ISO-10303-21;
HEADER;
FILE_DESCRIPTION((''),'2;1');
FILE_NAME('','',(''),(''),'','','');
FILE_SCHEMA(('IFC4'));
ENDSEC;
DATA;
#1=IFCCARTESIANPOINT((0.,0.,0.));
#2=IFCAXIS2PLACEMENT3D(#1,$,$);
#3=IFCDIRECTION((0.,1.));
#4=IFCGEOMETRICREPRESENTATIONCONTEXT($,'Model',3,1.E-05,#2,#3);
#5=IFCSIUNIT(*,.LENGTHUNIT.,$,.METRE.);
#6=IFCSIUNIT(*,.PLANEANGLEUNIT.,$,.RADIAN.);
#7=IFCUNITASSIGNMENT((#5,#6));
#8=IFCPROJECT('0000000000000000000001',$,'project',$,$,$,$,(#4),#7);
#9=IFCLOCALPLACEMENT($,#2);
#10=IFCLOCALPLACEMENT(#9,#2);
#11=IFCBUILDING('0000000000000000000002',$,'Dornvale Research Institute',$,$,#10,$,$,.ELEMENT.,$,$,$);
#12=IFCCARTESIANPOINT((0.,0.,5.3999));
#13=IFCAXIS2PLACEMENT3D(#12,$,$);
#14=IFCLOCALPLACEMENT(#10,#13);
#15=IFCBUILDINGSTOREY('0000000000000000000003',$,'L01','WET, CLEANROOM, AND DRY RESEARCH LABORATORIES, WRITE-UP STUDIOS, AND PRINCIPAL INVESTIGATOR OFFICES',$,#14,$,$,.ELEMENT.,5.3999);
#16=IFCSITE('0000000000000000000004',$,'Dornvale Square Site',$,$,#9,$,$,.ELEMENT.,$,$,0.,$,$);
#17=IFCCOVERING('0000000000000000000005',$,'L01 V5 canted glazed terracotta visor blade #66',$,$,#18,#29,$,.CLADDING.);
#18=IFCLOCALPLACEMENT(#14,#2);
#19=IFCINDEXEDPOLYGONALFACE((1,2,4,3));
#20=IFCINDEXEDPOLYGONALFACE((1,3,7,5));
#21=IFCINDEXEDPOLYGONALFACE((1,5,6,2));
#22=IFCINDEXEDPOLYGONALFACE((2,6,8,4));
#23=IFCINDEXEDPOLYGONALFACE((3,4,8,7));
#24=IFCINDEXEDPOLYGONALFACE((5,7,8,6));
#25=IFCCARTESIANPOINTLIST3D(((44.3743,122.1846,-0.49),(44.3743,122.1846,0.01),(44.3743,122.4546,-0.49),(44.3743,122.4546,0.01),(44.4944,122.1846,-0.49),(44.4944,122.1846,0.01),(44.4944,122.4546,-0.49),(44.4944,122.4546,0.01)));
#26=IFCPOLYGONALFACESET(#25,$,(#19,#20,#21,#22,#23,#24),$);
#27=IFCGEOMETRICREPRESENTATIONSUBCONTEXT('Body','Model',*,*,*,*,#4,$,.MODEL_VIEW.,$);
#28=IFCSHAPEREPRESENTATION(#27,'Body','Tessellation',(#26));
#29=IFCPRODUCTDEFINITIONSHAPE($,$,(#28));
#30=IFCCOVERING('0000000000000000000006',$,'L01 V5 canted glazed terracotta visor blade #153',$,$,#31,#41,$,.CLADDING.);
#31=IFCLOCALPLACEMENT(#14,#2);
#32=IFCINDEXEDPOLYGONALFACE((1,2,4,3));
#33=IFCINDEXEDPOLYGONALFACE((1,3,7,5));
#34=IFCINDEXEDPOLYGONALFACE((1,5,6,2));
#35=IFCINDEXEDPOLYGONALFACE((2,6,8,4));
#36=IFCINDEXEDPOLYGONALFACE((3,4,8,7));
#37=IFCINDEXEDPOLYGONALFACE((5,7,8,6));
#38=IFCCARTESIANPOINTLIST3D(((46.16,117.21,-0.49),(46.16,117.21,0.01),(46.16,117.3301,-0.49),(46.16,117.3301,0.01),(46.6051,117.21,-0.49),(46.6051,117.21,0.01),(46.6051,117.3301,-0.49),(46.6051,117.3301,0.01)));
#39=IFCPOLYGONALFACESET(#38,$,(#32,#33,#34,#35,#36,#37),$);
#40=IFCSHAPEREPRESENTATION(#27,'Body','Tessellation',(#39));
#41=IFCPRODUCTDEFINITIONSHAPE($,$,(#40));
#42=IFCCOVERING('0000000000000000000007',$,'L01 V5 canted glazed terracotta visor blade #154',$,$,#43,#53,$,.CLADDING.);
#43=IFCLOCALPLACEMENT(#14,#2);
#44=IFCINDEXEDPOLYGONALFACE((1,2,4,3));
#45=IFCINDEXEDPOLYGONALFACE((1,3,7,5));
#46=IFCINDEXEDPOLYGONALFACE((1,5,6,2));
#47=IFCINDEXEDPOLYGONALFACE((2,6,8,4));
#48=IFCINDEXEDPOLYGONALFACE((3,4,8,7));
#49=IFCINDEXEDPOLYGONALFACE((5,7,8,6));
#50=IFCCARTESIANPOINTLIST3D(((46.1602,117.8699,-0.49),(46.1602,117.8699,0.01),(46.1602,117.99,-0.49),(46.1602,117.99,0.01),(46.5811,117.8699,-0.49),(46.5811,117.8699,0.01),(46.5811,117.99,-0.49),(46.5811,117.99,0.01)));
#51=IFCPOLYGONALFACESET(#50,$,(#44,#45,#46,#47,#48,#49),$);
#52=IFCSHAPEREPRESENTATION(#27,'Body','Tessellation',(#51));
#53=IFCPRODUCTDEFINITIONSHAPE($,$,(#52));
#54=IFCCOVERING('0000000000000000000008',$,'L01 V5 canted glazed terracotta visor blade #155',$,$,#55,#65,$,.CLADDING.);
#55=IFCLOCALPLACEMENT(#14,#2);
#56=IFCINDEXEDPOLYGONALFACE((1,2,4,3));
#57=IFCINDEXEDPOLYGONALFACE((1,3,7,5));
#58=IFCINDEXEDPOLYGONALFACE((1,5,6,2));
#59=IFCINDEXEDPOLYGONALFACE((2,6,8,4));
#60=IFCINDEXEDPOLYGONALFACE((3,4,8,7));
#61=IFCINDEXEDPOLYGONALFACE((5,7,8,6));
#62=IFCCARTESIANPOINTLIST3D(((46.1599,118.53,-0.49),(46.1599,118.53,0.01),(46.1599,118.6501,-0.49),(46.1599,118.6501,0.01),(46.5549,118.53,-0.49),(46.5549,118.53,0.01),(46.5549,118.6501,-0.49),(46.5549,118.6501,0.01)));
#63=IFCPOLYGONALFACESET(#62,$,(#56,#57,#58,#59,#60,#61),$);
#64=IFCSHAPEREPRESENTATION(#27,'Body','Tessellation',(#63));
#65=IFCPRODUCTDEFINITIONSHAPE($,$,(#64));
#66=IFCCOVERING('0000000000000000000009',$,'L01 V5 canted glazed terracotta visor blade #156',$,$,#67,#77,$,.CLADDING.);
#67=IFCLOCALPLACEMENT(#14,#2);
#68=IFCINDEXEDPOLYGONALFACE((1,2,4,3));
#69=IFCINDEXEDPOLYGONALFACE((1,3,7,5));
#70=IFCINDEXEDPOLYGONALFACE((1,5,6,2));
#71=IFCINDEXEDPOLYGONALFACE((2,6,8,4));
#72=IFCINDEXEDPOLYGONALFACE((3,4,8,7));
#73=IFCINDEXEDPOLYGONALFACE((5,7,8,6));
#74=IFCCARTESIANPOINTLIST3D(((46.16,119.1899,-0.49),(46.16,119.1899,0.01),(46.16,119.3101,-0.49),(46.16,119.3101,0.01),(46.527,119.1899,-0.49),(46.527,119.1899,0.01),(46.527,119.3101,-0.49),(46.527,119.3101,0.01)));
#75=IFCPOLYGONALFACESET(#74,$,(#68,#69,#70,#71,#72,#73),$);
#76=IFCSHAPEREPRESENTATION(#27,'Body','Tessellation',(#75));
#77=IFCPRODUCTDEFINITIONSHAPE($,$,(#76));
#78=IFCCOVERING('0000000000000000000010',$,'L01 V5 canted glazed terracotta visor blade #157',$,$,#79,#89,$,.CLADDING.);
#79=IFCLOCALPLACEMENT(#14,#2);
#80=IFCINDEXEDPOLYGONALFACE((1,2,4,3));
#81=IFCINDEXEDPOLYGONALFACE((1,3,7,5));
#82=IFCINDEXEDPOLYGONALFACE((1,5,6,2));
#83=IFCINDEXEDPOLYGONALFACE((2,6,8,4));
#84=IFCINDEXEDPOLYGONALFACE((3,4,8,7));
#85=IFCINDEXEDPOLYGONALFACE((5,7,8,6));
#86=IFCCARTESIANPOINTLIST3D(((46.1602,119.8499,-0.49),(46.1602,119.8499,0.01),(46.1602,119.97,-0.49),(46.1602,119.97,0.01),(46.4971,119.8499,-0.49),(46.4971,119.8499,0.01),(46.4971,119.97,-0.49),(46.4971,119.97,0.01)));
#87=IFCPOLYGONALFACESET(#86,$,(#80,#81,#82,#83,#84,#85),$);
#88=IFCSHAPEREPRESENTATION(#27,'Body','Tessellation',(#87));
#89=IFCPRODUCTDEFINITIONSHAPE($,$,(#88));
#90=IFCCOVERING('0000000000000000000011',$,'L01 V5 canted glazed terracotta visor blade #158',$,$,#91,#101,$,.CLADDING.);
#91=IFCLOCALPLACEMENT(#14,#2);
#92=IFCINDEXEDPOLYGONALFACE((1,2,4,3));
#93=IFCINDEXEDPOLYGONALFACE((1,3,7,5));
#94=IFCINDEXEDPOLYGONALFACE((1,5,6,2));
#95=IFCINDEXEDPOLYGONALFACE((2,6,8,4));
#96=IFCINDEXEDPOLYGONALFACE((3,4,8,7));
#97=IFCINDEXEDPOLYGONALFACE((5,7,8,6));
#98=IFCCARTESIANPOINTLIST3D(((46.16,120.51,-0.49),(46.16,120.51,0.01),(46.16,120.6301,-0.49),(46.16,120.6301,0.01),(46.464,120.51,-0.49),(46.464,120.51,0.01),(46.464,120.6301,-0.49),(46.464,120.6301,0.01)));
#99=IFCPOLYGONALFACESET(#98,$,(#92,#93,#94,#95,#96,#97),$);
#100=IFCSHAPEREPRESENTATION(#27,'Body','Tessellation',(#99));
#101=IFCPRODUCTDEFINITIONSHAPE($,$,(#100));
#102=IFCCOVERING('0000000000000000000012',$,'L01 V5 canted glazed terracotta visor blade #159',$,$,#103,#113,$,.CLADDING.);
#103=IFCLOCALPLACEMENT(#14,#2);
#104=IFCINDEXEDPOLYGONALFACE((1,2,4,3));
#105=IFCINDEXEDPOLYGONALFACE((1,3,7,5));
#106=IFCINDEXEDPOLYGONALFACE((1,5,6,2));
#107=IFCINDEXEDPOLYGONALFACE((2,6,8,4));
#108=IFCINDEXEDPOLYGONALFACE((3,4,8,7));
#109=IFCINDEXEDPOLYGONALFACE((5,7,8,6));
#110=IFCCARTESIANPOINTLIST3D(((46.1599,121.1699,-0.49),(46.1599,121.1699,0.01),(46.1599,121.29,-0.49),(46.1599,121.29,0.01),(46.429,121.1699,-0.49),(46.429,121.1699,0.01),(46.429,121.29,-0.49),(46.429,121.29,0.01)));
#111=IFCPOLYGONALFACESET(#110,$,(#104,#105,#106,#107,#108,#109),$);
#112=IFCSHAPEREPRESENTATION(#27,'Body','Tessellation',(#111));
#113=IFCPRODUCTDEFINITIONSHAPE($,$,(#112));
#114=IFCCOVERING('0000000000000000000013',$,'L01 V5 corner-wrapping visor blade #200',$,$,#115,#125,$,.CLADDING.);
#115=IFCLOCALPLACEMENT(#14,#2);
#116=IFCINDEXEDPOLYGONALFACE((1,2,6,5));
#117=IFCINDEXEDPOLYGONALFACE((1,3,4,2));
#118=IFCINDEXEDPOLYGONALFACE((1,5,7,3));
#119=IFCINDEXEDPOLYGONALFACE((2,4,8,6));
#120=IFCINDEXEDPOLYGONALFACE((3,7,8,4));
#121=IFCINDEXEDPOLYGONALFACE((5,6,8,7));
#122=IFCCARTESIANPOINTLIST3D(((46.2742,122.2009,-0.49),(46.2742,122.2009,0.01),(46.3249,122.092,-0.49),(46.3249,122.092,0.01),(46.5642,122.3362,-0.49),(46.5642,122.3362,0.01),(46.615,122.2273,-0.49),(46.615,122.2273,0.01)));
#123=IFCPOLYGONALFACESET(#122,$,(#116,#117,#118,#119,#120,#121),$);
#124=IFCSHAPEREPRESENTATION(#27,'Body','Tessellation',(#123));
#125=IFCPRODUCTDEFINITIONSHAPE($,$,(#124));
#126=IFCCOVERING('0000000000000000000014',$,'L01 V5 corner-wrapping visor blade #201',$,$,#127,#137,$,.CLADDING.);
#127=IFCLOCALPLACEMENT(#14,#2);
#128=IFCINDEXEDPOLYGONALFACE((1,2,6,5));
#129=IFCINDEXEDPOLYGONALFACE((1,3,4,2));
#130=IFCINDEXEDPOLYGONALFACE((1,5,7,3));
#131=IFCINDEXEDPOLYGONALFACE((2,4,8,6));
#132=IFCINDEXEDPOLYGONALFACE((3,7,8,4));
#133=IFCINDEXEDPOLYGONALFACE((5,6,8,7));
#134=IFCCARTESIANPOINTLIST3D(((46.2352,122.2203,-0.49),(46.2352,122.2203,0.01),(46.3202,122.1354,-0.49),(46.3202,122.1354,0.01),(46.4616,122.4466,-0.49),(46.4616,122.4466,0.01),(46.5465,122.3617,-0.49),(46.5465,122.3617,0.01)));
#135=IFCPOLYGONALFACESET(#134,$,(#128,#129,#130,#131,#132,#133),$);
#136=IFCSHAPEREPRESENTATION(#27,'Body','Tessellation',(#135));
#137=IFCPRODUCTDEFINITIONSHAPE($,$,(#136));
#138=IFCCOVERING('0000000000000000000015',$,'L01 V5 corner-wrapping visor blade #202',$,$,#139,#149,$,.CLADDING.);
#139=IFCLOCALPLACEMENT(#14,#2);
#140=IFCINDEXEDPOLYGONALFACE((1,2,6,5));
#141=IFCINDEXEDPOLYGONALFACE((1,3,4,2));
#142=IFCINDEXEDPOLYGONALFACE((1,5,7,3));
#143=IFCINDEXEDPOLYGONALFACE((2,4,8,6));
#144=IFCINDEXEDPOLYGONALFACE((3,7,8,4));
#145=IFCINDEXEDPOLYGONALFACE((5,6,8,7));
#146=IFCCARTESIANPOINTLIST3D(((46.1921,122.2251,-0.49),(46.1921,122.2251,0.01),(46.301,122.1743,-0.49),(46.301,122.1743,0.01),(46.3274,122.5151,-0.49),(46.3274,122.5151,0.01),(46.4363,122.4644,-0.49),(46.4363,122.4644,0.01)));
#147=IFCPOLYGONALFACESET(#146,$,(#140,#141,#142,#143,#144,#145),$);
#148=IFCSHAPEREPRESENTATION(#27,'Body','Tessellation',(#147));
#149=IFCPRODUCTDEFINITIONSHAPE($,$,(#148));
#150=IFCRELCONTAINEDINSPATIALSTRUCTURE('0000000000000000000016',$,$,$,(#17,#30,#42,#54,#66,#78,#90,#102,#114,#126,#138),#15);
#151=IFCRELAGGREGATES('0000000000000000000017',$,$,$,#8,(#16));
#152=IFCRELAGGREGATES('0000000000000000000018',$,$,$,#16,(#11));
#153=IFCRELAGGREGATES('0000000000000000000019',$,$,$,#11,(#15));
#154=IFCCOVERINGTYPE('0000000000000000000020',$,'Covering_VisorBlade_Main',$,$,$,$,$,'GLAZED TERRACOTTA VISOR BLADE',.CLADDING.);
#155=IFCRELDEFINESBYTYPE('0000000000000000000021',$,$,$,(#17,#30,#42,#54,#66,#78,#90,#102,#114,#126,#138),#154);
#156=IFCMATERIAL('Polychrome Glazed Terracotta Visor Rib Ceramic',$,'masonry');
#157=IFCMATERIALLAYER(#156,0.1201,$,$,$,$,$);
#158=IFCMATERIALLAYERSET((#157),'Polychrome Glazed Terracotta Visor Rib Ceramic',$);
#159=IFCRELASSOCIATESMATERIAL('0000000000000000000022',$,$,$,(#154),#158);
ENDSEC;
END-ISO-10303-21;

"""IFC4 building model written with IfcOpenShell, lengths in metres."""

from ifc_helpers import new_model, si_unit, direction, frame, origin, origin_2d, place, context, subcontext, project, spatial, rectangle, extrude, material, layer, layer_set, type_object, element, save


model = new_model("IFC4")

# Units and contexts
model_context = context("Model", 3, precision=1e-05, world=origin(), true_north=direction((0.0, 1.0)))
body_context = subcontext(model_context, "Body", "Model", "MODEL_VIEW")
ifc_project = project(units=[si_unit("LENGTHUNIT", "METRE"), si_unit("PLANEANGLEUNIT", "RADIAN")], contexts=[model_context])

# Site, building, storey
site_placement = place(None, origin())
site = spatial("IfcSite", under=ifc_project, at=site_placement, Name="Dornvale Square Site", CompositionType="ELEMENT", RefElevation=0.0)
building_placement = place(site_placement, origin())
building = spatial("IfcBuilding", under=site, at=building_placement, Name="Dornvale Research Institute", CompositionType="ELEMENT")
storey_placement = place(building_placement, frame((0.0, 0.0, 5.3999)))
storey = spatial("IfcBuildingStorey", under=building, at=storey_placement, Name="L01", Description="WET, CLEANROOM, AND DRY RESEARCH LABORATORIES, WRITE-UP STUDIOS, AND PRINCIPAL INVESTIGATOR OFFICES", CompositionType="ELEMENT", Elevation=5.3999)

# Coverings
ifc_material_1 = material(Name="Polychrome Glazed Terracotta Visor Rib Ceramic", Category="masonry")
ifc_layer_1 = layer(ifc_material_1, 0.1201)
ifc_layer_set_1 = layer_set([ifc_layer_1], Name="Polychrome Glazed Terracotta Visor Rib Ceramic")
covering_type = type_object("IfcCoveringType", Name="Covering_VisorBlade_Main", ElementType="GLAZED TERRACOTTA VISOR BLADE", PredefinedType="CLADDING", material=ifc_layer_set_1)
covering_1_placement = place(storey_placement, frame((44.4343, 122.3196, -0.49), z_axis=(0.0, 0.0, 1.0), x_axis=(0.0, 1.0, 0.0)))
element("IfcCovering", 1, at=covering_1_placement, inside=storey, type_object=covering_type, Name="L01 V5 canted glazed terracotta visor blade #66", PredefinedType="CLADDING", context=body_context, shape_type="SweptSolid", body=[
    extrude(rectangle(XDim=0.27, YDim=0.1201, at=origin_2d()), origin(), (0.0, 0.0, 1.0), 0.5),
])
covering_2_placement = place(storey_placement, frame((46.3826, 117.27, -0.49), z_axis=(0.0, 0.0, 1.0), x_axis=(1.0, 0.0, 0.0)))
element("IfcCovering", 2, at=covering_2_placement, inside=storey, type_object=covering_type, Name="L01 V5 canted glazed terracotta visor blade #153", PredefinedType="CLADDING", context=body_context, shape_type="SweptSolid", body=[
    extrude(rectangle(XDim=0.4451, YDim=0.1201, at=origin_2d()), origin(), (0.0, 0.0, 1.0), 0.5),
])
covering_3_placement = place(storey_placement, frame((46.3706, 117.9299, -0.49), z_axis=(0.0, 0.0, 1.0), x_axis=(1.0, 0.0, 0.0)))
element("IfcCovering", 3, at=covering_3_placement, inside=storey, type_object=covering_type, Name="L01 V5 canted glazed terracotta visor blade #154", PredefinedType="CLADDING", context=body_context, shape_type="SweptSolid", body=[
    extrude(rectangle(XDim=0.4209, YDim=0.1201, at=origin_2d()), origin(), (0.0, 0.0, 1.0), 0.5),
])
covering_4_placement = place(storey_placement, frame((46.3574, 118.5901, -0.49), z_axis=(0.0, 0.0, 1.0), x_axis=(1.0, 0.0, 0.0)))
element("IfcCovering", 4, at=covering_4_placement, inside=storey, type_object=covering_type, Name="L01 V5 canted glazed terracotta visor blade #155", PredefinedType="CLADDING", context=body_context, shape_type="SweptSolid", body=[
    extrude(rectangle(XDim=0.395, YDim=0.1201, at=origin_2d()), origin(), (0.0, 0.0, 1.0), 0.5),
])
covering_5_placement = place(storey_placement, frame((46.3435, 119.25, -0.49), z_axis=(0.0, 0.0, 1.0), x_axis=(1.0, 0.0, 0.0)))
element("IfcCovering", 5, at=covering_5_placement, inside=storey, type_object=covering_type, Name="L01 V5 canted glazed terracotta visor blade #156", PredefinedType="CLADDING", context=body_context, shape_type="SweptSolid", body=[
    extrude(rectangle(XDim=0.3669, YDim=0.1201, at=origin_2d()), origin(), (0.0, 0.0, 1.0), 0.5),
])
covering_6_placement = place(storey_placement, frame((46.3286, 119.9099, -0.49), z_axis=(0.0, 0.0, 1.0), x_axis=(1.0, 0.0, 0.0)))
element("IfcCovering", 6, at=covering_6_placement, inside=storey, type_object=covering_type, Name="L01 V5 canted glazed terracotta visor blade #157", PredefinedType="CLADDING", context=body_context, shape_type="SweptSolid", body=[
    extrude(rectangle(XDim=0.3369, YDim=0.1201, at=origin_2d()), origin(), (0.0, 0.0, 1.0), 0.5),
])
covering_7_placement = place(storey_placement, frame((46.312, 120.5701, -0.49), z_axis=(0.0, 0.0, 1.0), x_axis=(1.0, 0.0, 0.0)))
element("IfcCovering", 7, at=covering_7_placement, inside=storey, type_object=covering_type, Name="L01 V5 canted glazed terracotta visor blade #158", PredefinedType="CLADDING", context=body_context, shape_type="SweptSolid", body=[
    extrude(rectangle(XDim=0.304, YDim=0.1201, at=origin_2d()), origin(), (0.0, 0.0, 1.0), 0.5),
])
covering_8_placement = place(storey_placement, frame((46.2944, 121.23, -0.49), z_axis=(0.0, 0.0, 1.0), x_axis=(1.0, 0.0, 0.0)))
element("IfcCovering", 8, at=covering_8_placement, inside=storey, type_object=covering_type, Name="L01 V5 canted glazed terracotta visor blade #159", PredefinedType="CLADDING", context=body_context, shape_type="SweptSolid", body=[
    extrude(rectangle(XDim=0.269, YDim=0.1201, at=origin_2d()), origin(), (0.0, 0.0, 1.0), 0.5),
])
for number, where, z_axis, x_axis, name in (
    (9, (46.4446, 122.2141, -0.49), (0.0, 0.0, 1.0), (0.906308, 0.422618, 0.0), "L01 V5 corner-wrapping visor blade #200"),
    (10, (46.3909, 122.291, -0.49), (0.0, 0.0, 1.0), (0.707107, 0.707107, 0.0), "L01 V5 corner-wrapping visor blade #201"),
    (11, (46.3142, 122.3447, -0.49), (0.0, 0.0, 1.0), (0.422618, 0.906308, 0.0), "L01 V5 corner-wrapping visor blade #202"),
):
    element("IfcCovering", number, at=place(storey_placement, frame(where, z_axis=z_axis, x_axis=x_axis)), inside=storey, type_object=covering_type, Name=name, PredefinedType="CLADDING", context=body_context, shape_type="SweptSolid", body=[
        extrude(rectangle(XDim=0.3201, YDim=0.1201, at=origin_2d()), origin(), (0.0, 0.0, 1.0), 0.5),
    ])

save(model, "model.ifc")
